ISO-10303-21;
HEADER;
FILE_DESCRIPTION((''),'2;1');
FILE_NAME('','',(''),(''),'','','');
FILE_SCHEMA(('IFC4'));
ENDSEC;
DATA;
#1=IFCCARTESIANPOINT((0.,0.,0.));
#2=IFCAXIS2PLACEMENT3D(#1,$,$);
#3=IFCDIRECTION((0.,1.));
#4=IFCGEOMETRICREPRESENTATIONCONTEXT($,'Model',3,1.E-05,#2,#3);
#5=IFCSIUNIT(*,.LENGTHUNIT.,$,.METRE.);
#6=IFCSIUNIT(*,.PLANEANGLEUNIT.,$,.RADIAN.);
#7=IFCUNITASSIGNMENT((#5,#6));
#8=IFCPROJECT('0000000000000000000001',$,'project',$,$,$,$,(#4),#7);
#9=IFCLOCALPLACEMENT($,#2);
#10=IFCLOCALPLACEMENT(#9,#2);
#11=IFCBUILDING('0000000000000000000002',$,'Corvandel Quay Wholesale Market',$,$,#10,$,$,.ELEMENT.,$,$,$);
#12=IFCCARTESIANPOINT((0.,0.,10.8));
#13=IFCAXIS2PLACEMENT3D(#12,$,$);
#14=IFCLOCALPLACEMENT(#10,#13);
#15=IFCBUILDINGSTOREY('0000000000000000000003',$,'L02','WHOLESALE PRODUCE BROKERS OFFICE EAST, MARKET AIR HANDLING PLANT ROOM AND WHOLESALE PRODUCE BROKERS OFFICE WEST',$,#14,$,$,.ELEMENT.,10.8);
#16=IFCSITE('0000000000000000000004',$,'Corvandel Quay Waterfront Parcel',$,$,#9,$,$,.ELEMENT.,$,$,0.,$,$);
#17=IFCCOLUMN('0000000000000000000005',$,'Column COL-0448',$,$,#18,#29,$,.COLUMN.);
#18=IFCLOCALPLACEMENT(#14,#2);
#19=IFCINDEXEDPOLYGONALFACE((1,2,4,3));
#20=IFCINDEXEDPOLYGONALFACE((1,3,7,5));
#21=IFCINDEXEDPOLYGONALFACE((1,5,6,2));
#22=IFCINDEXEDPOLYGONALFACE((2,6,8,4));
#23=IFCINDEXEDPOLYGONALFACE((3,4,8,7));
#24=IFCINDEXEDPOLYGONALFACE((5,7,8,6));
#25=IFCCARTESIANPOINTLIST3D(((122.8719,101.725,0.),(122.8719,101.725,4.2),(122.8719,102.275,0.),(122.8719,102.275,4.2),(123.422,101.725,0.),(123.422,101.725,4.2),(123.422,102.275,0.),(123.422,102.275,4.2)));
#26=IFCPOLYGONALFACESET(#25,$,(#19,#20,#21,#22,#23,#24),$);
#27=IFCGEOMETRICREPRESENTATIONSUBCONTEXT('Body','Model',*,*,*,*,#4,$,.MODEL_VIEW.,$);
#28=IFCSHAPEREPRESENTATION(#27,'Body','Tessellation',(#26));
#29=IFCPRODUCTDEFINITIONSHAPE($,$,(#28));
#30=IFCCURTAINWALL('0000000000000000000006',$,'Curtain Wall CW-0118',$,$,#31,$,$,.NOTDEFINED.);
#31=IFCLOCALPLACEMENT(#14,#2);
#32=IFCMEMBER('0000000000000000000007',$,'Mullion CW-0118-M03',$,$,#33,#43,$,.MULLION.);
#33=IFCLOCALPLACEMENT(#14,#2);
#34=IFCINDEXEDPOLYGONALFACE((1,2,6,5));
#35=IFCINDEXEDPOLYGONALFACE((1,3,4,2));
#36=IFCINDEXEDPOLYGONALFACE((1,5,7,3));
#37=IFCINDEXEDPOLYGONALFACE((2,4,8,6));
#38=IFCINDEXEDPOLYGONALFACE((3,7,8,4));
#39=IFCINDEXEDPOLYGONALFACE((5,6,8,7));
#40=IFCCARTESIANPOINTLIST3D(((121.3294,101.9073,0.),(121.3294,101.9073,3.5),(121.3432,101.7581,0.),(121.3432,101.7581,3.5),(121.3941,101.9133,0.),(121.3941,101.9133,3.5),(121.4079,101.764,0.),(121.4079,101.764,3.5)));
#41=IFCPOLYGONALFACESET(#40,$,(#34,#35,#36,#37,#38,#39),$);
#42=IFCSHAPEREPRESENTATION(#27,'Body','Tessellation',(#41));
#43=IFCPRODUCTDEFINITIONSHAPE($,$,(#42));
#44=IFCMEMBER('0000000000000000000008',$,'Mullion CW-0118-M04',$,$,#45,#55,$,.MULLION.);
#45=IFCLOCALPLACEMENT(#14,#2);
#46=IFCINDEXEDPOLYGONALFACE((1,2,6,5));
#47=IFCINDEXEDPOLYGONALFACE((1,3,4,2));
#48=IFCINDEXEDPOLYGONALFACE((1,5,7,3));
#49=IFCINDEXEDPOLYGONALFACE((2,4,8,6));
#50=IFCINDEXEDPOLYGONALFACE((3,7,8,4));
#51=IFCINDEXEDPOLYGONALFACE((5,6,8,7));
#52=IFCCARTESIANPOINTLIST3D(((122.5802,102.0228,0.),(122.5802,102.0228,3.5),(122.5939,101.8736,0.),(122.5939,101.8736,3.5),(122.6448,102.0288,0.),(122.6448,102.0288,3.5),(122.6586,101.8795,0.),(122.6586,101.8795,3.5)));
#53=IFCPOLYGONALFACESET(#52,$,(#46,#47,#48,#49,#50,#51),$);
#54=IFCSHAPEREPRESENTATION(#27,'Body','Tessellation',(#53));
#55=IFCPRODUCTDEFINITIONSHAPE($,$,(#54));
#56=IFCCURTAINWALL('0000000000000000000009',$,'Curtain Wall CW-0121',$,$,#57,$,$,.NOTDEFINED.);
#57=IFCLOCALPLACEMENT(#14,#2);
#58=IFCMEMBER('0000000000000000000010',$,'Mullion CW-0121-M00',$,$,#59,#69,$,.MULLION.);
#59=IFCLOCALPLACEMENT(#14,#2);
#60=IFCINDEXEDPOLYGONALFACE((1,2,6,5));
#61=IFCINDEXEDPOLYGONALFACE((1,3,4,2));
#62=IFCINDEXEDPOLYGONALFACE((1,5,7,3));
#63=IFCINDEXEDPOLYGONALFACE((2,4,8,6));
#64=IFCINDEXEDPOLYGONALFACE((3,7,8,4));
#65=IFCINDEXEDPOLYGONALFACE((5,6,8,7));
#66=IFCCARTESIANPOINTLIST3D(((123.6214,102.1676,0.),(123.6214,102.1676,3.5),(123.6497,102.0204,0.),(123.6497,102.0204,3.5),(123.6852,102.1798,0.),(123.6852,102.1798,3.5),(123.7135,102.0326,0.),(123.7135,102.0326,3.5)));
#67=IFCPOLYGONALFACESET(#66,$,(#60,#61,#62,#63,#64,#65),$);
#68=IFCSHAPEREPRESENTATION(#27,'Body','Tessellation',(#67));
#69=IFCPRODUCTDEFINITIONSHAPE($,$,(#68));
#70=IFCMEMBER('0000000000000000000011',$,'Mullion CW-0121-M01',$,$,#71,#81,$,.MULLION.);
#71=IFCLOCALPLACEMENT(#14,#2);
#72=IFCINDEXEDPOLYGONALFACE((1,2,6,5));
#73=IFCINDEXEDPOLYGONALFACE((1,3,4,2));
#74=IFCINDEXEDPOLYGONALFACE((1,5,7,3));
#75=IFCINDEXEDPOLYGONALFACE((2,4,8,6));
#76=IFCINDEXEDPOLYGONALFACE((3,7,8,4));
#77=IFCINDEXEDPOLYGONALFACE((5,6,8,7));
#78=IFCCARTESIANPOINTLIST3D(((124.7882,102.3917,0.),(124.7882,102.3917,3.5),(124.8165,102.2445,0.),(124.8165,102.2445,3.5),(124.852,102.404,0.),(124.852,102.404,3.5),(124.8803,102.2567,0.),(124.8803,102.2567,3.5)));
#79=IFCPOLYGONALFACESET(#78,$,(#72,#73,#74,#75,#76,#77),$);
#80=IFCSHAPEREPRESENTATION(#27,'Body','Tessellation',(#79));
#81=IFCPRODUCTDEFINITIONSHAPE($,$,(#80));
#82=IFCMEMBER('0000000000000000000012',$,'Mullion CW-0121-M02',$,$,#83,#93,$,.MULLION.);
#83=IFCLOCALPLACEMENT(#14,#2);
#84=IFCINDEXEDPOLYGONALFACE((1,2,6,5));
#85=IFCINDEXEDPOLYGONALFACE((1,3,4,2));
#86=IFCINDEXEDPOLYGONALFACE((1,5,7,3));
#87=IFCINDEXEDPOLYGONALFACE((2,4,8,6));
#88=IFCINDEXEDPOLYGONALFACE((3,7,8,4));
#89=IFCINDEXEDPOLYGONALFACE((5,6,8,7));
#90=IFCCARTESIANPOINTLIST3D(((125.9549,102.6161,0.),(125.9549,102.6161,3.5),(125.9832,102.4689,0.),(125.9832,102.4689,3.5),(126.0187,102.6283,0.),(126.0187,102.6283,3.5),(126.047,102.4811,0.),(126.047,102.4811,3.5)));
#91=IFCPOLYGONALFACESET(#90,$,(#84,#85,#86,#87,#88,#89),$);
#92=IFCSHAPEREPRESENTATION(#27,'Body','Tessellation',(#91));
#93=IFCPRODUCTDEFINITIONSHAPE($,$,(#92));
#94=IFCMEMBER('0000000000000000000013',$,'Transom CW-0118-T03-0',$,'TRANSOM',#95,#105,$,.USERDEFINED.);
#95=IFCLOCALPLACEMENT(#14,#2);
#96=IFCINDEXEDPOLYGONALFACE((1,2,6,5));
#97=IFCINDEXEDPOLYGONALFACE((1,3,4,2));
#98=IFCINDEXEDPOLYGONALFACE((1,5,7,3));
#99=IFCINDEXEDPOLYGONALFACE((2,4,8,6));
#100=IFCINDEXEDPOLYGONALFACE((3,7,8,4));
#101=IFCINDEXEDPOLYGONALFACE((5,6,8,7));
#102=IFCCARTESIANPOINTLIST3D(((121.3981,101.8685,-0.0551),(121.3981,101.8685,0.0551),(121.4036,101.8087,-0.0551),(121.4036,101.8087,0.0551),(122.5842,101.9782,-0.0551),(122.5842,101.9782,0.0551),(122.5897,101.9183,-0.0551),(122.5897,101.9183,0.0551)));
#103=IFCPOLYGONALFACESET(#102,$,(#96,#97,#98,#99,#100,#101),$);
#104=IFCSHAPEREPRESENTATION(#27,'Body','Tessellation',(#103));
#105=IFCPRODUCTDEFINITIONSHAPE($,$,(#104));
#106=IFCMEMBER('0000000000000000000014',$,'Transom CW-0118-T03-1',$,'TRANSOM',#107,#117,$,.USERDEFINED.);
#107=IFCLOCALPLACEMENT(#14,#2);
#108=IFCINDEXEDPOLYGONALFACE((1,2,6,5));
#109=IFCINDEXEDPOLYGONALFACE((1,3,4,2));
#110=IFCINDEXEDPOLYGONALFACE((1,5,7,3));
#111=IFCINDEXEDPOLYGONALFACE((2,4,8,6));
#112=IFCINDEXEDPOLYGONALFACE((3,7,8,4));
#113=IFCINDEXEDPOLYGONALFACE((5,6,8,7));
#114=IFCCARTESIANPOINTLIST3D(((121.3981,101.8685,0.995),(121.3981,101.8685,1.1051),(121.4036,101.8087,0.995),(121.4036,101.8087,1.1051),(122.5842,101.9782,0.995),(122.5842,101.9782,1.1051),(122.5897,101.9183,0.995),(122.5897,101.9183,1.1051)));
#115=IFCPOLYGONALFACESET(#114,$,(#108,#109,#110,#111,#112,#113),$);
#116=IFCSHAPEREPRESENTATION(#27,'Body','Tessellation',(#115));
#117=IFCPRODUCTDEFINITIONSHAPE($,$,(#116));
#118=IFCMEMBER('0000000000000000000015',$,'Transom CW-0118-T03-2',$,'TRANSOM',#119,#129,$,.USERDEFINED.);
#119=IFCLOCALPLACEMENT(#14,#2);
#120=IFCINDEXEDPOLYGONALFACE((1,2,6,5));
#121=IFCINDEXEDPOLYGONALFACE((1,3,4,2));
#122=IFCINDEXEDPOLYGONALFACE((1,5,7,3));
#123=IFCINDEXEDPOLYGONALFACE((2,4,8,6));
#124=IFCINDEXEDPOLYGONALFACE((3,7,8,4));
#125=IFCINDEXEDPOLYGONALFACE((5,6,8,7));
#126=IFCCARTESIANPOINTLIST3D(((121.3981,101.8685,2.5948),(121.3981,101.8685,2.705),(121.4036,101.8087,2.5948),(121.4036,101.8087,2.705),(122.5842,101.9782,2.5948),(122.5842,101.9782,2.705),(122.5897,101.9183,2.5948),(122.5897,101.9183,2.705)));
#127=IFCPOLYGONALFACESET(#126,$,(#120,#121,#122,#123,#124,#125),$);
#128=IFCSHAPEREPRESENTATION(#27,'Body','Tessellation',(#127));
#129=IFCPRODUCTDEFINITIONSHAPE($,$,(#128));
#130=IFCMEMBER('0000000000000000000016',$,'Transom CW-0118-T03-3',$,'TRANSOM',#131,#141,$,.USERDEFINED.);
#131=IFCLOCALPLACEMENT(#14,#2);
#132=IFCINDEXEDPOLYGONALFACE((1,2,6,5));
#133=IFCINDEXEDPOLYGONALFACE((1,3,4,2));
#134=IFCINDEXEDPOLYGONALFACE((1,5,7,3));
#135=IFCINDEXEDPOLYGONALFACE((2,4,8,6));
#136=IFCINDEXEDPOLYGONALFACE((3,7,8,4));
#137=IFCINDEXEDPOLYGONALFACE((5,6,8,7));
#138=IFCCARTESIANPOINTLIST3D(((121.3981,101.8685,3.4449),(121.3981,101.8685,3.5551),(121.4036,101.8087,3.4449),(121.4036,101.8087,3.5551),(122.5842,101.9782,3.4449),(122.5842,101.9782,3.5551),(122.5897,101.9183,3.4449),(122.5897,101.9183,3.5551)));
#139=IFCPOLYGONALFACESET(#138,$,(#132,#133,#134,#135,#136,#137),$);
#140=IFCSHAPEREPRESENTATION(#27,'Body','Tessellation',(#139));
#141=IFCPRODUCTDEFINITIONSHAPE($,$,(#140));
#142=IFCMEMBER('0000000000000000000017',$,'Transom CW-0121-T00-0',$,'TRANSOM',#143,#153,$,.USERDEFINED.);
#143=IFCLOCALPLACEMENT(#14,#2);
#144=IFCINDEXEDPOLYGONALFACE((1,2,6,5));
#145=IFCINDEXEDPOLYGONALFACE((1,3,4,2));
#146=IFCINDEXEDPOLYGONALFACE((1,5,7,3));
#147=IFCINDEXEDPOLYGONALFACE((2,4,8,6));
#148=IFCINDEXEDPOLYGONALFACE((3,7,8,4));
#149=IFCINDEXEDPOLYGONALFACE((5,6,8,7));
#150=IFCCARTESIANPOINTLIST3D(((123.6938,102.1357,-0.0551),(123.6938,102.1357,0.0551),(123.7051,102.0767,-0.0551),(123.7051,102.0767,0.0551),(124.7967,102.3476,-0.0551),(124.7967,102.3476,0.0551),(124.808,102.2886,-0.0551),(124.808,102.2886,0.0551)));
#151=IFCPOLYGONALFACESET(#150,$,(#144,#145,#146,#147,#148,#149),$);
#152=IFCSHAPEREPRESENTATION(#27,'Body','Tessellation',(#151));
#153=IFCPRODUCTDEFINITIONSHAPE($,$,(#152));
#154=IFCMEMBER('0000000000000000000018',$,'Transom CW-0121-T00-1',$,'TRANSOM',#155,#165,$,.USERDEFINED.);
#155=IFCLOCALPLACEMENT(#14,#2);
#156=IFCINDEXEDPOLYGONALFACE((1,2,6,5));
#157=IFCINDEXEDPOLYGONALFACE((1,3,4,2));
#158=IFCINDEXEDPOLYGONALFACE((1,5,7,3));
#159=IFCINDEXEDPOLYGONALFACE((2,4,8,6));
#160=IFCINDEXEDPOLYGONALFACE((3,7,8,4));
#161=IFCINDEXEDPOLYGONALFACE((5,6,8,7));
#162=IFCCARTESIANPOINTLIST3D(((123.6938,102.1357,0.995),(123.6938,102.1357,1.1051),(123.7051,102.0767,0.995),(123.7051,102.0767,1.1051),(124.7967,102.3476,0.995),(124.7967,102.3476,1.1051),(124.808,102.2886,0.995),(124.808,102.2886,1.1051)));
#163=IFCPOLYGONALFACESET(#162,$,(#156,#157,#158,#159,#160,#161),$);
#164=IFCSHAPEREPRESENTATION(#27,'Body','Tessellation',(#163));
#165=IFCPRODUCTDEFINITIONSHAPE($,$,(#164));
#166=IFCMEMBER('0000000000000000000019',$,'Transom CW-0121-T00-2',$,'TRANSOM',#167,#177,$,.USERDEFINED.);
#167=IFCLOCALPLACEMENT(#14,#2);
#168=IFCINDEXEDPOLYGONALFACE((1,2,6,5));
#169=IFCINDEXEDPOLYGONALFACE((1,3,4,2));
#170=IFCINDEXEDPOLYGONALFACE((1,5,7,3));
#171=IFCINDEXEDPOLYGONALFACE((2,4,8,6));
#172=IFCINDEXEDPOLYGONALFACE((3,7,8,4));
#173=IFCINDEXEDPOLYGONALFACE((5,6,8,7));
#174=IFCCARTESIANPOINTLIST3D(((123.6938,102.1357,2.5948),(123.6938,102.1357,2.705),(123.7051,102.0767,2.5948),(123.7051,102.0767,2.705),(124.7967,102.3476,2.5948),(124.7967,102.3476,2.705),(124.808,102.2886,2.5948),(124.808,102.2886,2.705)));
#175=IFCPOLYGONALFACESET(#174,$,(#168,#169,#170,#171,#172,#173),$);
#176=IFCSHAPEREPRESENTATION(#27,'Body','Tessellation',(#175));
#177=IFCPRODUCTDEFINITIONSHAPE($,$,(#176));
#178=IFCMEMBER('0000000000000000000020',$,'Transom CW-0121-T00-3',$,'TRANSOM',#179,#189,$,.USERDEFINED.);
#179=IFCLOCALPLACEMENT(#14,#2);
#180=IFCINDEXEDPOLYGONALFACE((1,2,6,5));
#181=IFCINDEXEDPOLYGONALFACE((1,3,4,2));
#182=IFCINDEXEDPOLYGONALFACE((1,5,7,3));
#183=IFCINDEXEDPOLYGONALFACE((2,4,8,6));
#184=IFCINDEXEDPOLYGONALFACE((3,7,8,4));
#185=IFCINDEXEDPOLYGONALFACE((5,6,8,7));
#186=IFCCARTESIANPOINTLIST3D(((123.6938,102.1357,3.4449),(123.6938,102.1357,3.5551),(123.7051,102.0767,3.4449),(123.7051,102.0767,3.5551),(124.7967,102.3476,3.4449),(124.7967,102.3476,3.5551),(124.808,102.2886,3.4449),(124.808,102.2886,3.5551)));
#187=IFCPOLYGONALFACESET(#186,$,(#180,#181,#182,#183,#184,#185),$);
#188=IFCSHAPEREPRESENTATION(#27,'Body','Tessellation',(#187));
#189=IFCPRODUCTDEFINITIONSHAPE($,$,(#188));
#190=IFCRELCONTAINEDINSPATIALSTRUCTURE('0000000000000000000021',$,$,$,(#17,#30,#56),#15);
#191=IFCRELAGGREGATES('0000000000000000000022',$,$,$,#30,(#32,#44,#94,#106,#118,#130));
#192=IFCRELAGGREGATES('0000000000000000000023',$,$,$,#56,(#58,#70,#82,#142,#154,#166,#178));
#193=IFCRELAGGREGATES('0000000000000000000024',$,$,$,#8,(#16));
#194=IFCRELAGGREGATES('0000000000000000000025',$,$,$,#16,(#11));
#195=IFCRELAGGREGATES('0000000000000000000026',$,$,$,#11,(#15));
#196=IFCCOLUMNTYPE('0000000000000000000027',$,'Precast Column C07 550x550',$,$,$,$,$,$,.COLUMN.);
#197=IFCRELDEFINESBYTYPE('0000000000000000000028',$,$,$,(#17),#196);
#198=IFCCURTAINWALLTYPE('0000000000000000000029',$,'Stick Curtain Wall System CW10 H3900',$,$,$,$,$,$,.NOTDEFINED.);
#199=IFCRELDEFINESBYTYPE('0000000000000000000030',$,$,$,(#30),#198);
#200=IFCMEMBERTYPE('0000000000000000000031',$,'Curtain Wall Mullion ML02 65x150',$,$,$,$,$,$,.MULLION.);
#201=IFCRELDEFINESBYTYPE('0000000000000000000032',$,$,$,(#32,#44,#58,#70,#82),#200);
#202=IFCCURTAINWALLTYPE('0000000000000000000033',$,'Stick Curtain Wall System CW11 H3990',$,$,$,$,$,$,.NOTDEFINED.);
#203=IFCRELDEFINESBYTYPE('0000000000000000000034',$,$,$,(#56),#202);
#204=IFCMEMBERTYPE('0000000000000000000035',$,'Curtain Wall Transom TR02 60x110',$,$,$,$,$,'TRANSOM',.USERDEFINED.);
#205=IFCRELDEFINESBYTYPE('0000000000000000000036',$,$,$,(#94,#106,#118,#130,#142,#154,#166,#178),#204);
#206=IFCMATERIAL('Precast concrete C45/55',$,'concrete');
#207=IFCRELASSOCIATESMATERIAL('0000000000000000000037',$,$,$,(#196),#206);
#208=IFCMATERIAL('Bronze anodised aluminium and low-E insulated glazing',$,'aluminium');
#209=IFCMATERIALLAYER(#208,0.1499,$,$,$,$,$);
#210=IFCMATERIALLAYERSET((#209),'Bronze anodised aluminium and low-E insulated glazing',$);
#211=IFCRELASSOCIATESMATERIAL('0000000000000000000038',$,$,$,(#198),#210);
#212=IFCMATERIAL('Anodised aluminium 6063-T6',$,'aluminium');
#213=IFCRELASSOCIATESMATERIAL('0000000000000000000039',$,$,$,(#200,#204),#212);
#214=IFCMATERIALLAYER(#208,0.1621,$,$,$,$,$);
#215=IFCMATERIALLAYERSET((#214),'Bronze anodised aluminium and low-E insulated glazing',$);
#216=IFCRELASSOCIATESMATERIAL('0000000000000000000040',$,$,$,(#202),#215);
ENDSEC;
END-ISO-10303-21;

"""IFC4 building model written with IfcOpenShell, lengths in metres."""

from ifc_helpers import new_model, si_unit, direction, frame, origin, origin_2d, place, context, subcontext, project, spatial, rectangle, extrude, material, layer, layer_set, material_profile, profile_set, type_object, element, aggregate, save


model = new_model("IFC4")

# Units and contexts
model_context = context("Model", 3, precision=1e-05, world=origin(), true_north=direction((0.0, 1.0)))
body_context = subcontext(model_context, "Body", "Model", "MODEL_VIEW")
ifc_project = project(units=[si_unit("LENGTHUNIT", "METRE"), si_unit("PLANEANGLEUNIT", "RADIAN")], contexts=[model_context])

# Site, building, storey
site_placement = place(None, origin())
site = spatial("IfcSite", under=ifc_project, at=site_placement, Name="Corvandel Quay Waterfront Parcel", CompositionType="ELEMENT", RefElevation=0.0)
building_placement = place(site_placement, origin())
building = spatial("IfcBuilding", under=site, at=building_placement, Name="Corvandel Quay Wholesale Market", CompositionType="ELEMENT")
storey_placement = place(building_placement, frame((0.0, 0.0, 10.8)))
storey = spatial("IfcBuildingStorey", under=building, at=storey_placement, Name="L02", Description="WHOLESALE PRODUCE BROKERS OFFICE EAST, MARKET AIR HANDLING PLANT ROOM AND WHOLESALE PRODUCE BROKERS OFFICE WEST", CompositionType="ELEMENT", Elevation=10.8)

# Column
ifc_material_1 = material(Name="Precast concrete C45/55", Category="concrete")
ifc_material_profile_1 = material_profile(ifc_material_1, rectangle(XDim=0.55, YDim=0.55, at=origin_2d()), Name="PC-COL-550x550")
ifc_profile_set_1 = profile_set([ifc_material_profile_1], Name="Precast concrete C45/55")
column_type = type_object("IfcColumnType", Name="Precast Column C07 550x550", PredefinedType="COLUMN", material=ifc_profile_set_1)
column_placement = place(storey_placement, frame((123.147, 102.0, 0.0), z_axis=(0.0, 0.0, 1.0), x_axis=(1.0, 0.0, 0.0)))
element("IfcColumn", 1, at=column_placement, inside=storey, type_object=column_type, Name="Column COL-0448", PredefinedType="COLUMN", context=body_context, shape_type="SweptSolid", body=[
    extrude(rectangle(XDim=0.55, YDim=0.55, at=origin_2d()), origin(), (0.0, 0.0, 1.0), 4.2),
])

# Curtain walls, members
ifc_material_2 = material(Name="Bronze anodised aluminium and low-E insulated glazing", Category="aluminium")
ifc_layer_1 = layer(ifc_material_2, 0.1499)
ifc_layer_set_1 = layer_set([ifc_layer_1], Name="Bronze anodised aluminium and low-E insulated glazing")
curtain_wall_type_1 = type_object("IfcCurtainWallType", Name="Stick Curtain Wall System CW10 H3900", PredefinedType="NOTDEFINED", material=ifc_layer_set_1)
curtain_wall_1_placement = place(storey_placement, origin())
curtain_wall_1 = element("IfcCurtainWall", 2, at=curtain_wall_1_placement, inside=storey, type_object=curtain_wall_type_1, Name="Curtain Wall CW-0118", PredefinedType="NOTDEFINED")
ifc_material_3 = material(Name="Anodised aluminium 6063-T6", Category="aluminium")
ifc_material_profile_2 = material_profile(ifc_material_3, rectangle(XDim=0.0649, YDim=0.1499, at=origin_2d()), Name="ALU-MUL-65x150")
ifc_profile_set_2 = profile_set([ifc_material_profile_2], Name="Anodised aluminium 6063-T6")
member_type_1 = type_object("IfcMemberType", Name="Curtain Wall Mullion ML02 65x150", PredefinedType="MULLION", material=ifc_profile_set_2)
member_1_placement = place(storey_placement, frame((121.3687, 101.8357, 0.0), z_axis=(0.0, 0.0, 1.0), x_axis=(0.995757, 0.092023, 0.0)))
member_1 = element("IfcMember", 3, at=member_1_placement, type_object=member_type_1, Name="Mullion CW-0118-M03", PredefinedType="MULLION", context=body_context, shape_type="SweptSolid", body=[
    extrude(rectangle(XDim=0.0649, YDim=0.1499, at=origin_2d()), origin(), (0.0, 0.0, 1.0), 3.5),
])
member_2_placement = place(storey_placement, frame((122.6194, 101.9512, 0.0), z_axis=(0.0, 0.0, 1.0), x_axis=(0.995757, 0.092023, 0.0)))
member_2 = element("IfcMember", 4, at=member_2_placement, type_object=member_type_1, Name="Mullion CW-0118-M04", PredefinedType="MULLION", context=body_context, shape_type="SweptSolid", body=[
    extrude(rectangle(XDim=0.0649, YDim=0.1499, at=origin_2d()), origin(), (0.0, 0.0, 1.0), 3.5),
])
ifc_layer_2 = layer(ifc_material_2, 0.1621)
ifc_layer_set_2 = layer_set([ifc_layer_2], Name="Bronze anodised aluminium and low-E insulated glazing")
curtain_wall_type_2 = type_object("IfcCurtainWallType", Name="Stick Curtain Wall System CW11 H3990", PredefinedType="NOTDEFINED", material=ifc_layer_set_2)
curtain_wall_2_placement = place(storey_placement, origin())
curtain_wall_2 = element("IfcCurtainWall", 5, at=curtain_wall_2_placement, inside=storey, type_object=curtain_wall_type_2, Name="Curtain Wall CW-0121", PredefinedType="NOTDEFINED")
member_3_placement = place(storey_placement, frame((123.6675, 102.1001, 0.0), z_axis=(0.0, 0.0, 1.0), x_axis=(0.982025, 0.188753, 0.0)))
member_3 = element("IfcMember", 6, at=member_3_placement, type_object=member_type_1, Name="Mullion CW-0121-M00", PredefinedType="MULLION", context=body_context, shape_type="SweptSolid", body=[
    extrude(rectangle(XDim=0.0649, YDim=0.1499, at=origin_2d()), origin(), (0.0, 0.0, 1.0), 3.5),
])
member_4_placement = place(storey_placement, frame((124.8342, 102.3242, 0.0), z_axis=(0.0, 0.0, 1.0), x_axis=(0.982025, 0.188753, 0.0)))
member_4 = element("IfcMember", 7, at=member_4_placement, type_object=member_type_1, Name="Mullion CW-0121-M01", PredefinedType="MULLION", context=body_context, shape_type="SweptSolid", body=[
    extrude(rectangle(XDim=0.0649, YDim=0.1499, at=origin_2d()), origin(), (0.0, 0.0, 1.0), 3.5),
])
member_5_placement = place(storey_placement, frame((126.001, 102.5486, 0.0), z_axis=(0.0, 0.0, 1.0), x_axis=(0.982025, 0.188753, 0.0)))
member_5 = element("IfcMember", 8, at=member_5_placement, type_object=member_type_1, Name="Mullion CW-0121-M02", PredefinedType="MULLION", context=body_context, shape_type="SweptSolid", body=[
    extrude(rectangle(XDim=0.0649, YDim=0.1499, at=origin_2d()), origin(), (0.0, 0.0, 1.0), 3.5),
])

# Members
ifc_material_profile_3 = material_profile(ifc_material_3, rectangle(XDim=0.0601, YDim=0.1101, at=origin_2d()), Name="ALU-TRN-60x110")
ifc_profile_set_3 = profile_set([ifc_material_profile_3], Name="Anodised aluminium 6063-T6")
member_type_2 = type_object("IfcMemberType", Name="Curtain Wall Transom TR02 60x110", ElementType="TRANSOM", PredefinedType="USERDEFINED", material=ifc_profile_set_3)
member_6_placement = place(storey_placement, frame((121.4009, 101.8386, 0.0), z_axis=(0.995756, 0.092033, 0.0), x_axis=(-0.092033, 0.995756, 0.0)))
member_6 = element("IfcMember", 9, at=member_6_placement, type_object=member_type_2, Name="Transom CW-0118-T03-0", ObjectType="TRANSOM", PredefinedType="USERDEFINED", context=body_context, shape_type="SweptSolid", body=[
    extrude(rectangle(XDim=0.0601, YDim=0.1101, at=origin_2d()), origin(), (0.0, 0.0, 1.0), 1.1912),
])
member_7_placement = place(storey_placement, frame((121.4009, 101.8386, 1.05), z_axis=(0.995756, 0.092033, 0.0), x_axis=(-0.092033, 0.995756, 0.0)))
member_7 = element("IfcMember", 10, at=member_7_placement, type_object=member_type_2, Name="Transom CW-0118-T03-1", ObjectType="TRANSOM", PredefinedType="USERDEFINED", context=body_context, shape_type="SweptSolid", body=[
    extrude(rectangle(XDim=0.0601, YDim=0.1101, at=origin_2d()), origin(), (0.0, 0.0, 1.0), 1.1912),
])
member_8_placement = place(storey_placement, frame((121.4009, 101.8386, 2.6499), z_axis=(0.995756, 0.092033, 0.0), x_axis=(-0.092033, 0.995756, 0.0)))
member_8 = element("IfcMember", 11, at=member_8_placement, type_object=member_type_2, Name="Transom CW-0118-T03-2", ObjectType="TRANSOM", PredefinedType="USERDEFINED", context=body_context, shape_type="SweptSolid", body=[
    extrude(rectangle(XDim=0.0601, YDim=0.1101, at=origin_2d()), origin(), (0.0, 0.0, 1.0), 1.1912),
])
member_9_placement = place(storey_placement, frame((121.4009, 101.8386, 3.5), z_axis=(0.995756, 0.092033, 0.0), x_axis=(-0.092033, 0.995756, 0.0)))
member_9 = element("IfcMember", 12, at=member_9_placement, type_object=member_type_2, Name="Transom CW-0118-T03-3", ObjectType="TRANSOM", PredefinedType="USERDEFINED", context=body_context, shape_type="SweptSolid", body=[
    extrude(rectangle(XDim=0.0601, YDim=0.1101, at=origin_2d()), origin(), (0.0, 0.0, 1.0), 1.1912),
])
member_10_placement = place(storey_placement, frame((123.6995, 102.1062, 0.0), z_axis=(0.982033, 0.18871, 0.0), x_axis=(-0.18871, 0.982033, 0.0)))
member_10 = element("IfcMember", 13, at=member_10_placement, type_object=member_type_2, Name="Transom CW-0121-T00-0", ObjectType="TRANSOM", PredefinedType="USERDEFINED", context=body_context, shape_type="SweptSolid", body=[
    extrude(rectangle(XDim=0.0601, YDim=0.1101, at=origin_2d()), origin(), (0.0, 0.0, 1.0), 1.123),
])
member_11_placement = place(storey_placement, frame((123.6995, 102.1062, 1.05), z_axis=(0.982033, 0.18871, 0.0), x_axis=(-0.18871, 0.982033, 0.0)))
member_11 = element("IfcMember", 14, at=member_11_placement, type_object=member_type_2, Name="Transom CW-0121-T00-1", ObjectType="TRANSOM", PredefinedType="USERDEFINED", context=body_context, shape_type="SweptSolid", body=[
    extrude(rectangle(XDim=0.0601, YDim=0.1101, at=origin_2d()), origin(), (0.0, 0.0, 1.0), 1.123),
])
member_12_placement = place(storey_placement, frame((123.6995, 102.1062, 2.6499), z_axis=(0.982033, 0.18871, 0.0), x_axis=(-0.18871, 0.982033, 0.0)))
member_12 = element("IfcMember", 15, at=member_12_placement, type_object=member_type_2, Name="Transom CW-0121-T00-2", ObjectType="TRANSOM", PredefinedType="USERDEFINED", context=body_context, shape_type="SweptSolid", body=[
    extrude(rectangle(XDim=0.0601, YDim=0.1101, at=origin_2d()), origin(), (0.0, 0.0, 1.0), 1.123),
])
member_13_placement = place(storey_placement, frame((123.6995, 102.1062, 3.5), z_axis=(0.982033, 0.18871, 0.0), x_axis=(-0.18871, 0.982033, 0.0)))
member_13 = element("IfcMember", 16, at=member_13_placement, type_object=member_type_2, Name="Transom CW-0121-T00-3", ObjectType="TRANSOM", PredefinedType="USERDEFINED", context=body_context, shape_type="SweptSolid", body=[
    extrude(rectangle(XDim=0.0601, YDim=0.1101, at=origin_2d()), origin(), (0.0, 0.0, 1.0), 1.123),
])

aggregate(curtain_wall_1, [member_1, member_2, member_6, member_7, member_8, member_9])
aggregate(curtain_wall_2, [member_3, member_4, member_5, member_10, member_11, member_12, member_13])

save(model, "model.ifc")
